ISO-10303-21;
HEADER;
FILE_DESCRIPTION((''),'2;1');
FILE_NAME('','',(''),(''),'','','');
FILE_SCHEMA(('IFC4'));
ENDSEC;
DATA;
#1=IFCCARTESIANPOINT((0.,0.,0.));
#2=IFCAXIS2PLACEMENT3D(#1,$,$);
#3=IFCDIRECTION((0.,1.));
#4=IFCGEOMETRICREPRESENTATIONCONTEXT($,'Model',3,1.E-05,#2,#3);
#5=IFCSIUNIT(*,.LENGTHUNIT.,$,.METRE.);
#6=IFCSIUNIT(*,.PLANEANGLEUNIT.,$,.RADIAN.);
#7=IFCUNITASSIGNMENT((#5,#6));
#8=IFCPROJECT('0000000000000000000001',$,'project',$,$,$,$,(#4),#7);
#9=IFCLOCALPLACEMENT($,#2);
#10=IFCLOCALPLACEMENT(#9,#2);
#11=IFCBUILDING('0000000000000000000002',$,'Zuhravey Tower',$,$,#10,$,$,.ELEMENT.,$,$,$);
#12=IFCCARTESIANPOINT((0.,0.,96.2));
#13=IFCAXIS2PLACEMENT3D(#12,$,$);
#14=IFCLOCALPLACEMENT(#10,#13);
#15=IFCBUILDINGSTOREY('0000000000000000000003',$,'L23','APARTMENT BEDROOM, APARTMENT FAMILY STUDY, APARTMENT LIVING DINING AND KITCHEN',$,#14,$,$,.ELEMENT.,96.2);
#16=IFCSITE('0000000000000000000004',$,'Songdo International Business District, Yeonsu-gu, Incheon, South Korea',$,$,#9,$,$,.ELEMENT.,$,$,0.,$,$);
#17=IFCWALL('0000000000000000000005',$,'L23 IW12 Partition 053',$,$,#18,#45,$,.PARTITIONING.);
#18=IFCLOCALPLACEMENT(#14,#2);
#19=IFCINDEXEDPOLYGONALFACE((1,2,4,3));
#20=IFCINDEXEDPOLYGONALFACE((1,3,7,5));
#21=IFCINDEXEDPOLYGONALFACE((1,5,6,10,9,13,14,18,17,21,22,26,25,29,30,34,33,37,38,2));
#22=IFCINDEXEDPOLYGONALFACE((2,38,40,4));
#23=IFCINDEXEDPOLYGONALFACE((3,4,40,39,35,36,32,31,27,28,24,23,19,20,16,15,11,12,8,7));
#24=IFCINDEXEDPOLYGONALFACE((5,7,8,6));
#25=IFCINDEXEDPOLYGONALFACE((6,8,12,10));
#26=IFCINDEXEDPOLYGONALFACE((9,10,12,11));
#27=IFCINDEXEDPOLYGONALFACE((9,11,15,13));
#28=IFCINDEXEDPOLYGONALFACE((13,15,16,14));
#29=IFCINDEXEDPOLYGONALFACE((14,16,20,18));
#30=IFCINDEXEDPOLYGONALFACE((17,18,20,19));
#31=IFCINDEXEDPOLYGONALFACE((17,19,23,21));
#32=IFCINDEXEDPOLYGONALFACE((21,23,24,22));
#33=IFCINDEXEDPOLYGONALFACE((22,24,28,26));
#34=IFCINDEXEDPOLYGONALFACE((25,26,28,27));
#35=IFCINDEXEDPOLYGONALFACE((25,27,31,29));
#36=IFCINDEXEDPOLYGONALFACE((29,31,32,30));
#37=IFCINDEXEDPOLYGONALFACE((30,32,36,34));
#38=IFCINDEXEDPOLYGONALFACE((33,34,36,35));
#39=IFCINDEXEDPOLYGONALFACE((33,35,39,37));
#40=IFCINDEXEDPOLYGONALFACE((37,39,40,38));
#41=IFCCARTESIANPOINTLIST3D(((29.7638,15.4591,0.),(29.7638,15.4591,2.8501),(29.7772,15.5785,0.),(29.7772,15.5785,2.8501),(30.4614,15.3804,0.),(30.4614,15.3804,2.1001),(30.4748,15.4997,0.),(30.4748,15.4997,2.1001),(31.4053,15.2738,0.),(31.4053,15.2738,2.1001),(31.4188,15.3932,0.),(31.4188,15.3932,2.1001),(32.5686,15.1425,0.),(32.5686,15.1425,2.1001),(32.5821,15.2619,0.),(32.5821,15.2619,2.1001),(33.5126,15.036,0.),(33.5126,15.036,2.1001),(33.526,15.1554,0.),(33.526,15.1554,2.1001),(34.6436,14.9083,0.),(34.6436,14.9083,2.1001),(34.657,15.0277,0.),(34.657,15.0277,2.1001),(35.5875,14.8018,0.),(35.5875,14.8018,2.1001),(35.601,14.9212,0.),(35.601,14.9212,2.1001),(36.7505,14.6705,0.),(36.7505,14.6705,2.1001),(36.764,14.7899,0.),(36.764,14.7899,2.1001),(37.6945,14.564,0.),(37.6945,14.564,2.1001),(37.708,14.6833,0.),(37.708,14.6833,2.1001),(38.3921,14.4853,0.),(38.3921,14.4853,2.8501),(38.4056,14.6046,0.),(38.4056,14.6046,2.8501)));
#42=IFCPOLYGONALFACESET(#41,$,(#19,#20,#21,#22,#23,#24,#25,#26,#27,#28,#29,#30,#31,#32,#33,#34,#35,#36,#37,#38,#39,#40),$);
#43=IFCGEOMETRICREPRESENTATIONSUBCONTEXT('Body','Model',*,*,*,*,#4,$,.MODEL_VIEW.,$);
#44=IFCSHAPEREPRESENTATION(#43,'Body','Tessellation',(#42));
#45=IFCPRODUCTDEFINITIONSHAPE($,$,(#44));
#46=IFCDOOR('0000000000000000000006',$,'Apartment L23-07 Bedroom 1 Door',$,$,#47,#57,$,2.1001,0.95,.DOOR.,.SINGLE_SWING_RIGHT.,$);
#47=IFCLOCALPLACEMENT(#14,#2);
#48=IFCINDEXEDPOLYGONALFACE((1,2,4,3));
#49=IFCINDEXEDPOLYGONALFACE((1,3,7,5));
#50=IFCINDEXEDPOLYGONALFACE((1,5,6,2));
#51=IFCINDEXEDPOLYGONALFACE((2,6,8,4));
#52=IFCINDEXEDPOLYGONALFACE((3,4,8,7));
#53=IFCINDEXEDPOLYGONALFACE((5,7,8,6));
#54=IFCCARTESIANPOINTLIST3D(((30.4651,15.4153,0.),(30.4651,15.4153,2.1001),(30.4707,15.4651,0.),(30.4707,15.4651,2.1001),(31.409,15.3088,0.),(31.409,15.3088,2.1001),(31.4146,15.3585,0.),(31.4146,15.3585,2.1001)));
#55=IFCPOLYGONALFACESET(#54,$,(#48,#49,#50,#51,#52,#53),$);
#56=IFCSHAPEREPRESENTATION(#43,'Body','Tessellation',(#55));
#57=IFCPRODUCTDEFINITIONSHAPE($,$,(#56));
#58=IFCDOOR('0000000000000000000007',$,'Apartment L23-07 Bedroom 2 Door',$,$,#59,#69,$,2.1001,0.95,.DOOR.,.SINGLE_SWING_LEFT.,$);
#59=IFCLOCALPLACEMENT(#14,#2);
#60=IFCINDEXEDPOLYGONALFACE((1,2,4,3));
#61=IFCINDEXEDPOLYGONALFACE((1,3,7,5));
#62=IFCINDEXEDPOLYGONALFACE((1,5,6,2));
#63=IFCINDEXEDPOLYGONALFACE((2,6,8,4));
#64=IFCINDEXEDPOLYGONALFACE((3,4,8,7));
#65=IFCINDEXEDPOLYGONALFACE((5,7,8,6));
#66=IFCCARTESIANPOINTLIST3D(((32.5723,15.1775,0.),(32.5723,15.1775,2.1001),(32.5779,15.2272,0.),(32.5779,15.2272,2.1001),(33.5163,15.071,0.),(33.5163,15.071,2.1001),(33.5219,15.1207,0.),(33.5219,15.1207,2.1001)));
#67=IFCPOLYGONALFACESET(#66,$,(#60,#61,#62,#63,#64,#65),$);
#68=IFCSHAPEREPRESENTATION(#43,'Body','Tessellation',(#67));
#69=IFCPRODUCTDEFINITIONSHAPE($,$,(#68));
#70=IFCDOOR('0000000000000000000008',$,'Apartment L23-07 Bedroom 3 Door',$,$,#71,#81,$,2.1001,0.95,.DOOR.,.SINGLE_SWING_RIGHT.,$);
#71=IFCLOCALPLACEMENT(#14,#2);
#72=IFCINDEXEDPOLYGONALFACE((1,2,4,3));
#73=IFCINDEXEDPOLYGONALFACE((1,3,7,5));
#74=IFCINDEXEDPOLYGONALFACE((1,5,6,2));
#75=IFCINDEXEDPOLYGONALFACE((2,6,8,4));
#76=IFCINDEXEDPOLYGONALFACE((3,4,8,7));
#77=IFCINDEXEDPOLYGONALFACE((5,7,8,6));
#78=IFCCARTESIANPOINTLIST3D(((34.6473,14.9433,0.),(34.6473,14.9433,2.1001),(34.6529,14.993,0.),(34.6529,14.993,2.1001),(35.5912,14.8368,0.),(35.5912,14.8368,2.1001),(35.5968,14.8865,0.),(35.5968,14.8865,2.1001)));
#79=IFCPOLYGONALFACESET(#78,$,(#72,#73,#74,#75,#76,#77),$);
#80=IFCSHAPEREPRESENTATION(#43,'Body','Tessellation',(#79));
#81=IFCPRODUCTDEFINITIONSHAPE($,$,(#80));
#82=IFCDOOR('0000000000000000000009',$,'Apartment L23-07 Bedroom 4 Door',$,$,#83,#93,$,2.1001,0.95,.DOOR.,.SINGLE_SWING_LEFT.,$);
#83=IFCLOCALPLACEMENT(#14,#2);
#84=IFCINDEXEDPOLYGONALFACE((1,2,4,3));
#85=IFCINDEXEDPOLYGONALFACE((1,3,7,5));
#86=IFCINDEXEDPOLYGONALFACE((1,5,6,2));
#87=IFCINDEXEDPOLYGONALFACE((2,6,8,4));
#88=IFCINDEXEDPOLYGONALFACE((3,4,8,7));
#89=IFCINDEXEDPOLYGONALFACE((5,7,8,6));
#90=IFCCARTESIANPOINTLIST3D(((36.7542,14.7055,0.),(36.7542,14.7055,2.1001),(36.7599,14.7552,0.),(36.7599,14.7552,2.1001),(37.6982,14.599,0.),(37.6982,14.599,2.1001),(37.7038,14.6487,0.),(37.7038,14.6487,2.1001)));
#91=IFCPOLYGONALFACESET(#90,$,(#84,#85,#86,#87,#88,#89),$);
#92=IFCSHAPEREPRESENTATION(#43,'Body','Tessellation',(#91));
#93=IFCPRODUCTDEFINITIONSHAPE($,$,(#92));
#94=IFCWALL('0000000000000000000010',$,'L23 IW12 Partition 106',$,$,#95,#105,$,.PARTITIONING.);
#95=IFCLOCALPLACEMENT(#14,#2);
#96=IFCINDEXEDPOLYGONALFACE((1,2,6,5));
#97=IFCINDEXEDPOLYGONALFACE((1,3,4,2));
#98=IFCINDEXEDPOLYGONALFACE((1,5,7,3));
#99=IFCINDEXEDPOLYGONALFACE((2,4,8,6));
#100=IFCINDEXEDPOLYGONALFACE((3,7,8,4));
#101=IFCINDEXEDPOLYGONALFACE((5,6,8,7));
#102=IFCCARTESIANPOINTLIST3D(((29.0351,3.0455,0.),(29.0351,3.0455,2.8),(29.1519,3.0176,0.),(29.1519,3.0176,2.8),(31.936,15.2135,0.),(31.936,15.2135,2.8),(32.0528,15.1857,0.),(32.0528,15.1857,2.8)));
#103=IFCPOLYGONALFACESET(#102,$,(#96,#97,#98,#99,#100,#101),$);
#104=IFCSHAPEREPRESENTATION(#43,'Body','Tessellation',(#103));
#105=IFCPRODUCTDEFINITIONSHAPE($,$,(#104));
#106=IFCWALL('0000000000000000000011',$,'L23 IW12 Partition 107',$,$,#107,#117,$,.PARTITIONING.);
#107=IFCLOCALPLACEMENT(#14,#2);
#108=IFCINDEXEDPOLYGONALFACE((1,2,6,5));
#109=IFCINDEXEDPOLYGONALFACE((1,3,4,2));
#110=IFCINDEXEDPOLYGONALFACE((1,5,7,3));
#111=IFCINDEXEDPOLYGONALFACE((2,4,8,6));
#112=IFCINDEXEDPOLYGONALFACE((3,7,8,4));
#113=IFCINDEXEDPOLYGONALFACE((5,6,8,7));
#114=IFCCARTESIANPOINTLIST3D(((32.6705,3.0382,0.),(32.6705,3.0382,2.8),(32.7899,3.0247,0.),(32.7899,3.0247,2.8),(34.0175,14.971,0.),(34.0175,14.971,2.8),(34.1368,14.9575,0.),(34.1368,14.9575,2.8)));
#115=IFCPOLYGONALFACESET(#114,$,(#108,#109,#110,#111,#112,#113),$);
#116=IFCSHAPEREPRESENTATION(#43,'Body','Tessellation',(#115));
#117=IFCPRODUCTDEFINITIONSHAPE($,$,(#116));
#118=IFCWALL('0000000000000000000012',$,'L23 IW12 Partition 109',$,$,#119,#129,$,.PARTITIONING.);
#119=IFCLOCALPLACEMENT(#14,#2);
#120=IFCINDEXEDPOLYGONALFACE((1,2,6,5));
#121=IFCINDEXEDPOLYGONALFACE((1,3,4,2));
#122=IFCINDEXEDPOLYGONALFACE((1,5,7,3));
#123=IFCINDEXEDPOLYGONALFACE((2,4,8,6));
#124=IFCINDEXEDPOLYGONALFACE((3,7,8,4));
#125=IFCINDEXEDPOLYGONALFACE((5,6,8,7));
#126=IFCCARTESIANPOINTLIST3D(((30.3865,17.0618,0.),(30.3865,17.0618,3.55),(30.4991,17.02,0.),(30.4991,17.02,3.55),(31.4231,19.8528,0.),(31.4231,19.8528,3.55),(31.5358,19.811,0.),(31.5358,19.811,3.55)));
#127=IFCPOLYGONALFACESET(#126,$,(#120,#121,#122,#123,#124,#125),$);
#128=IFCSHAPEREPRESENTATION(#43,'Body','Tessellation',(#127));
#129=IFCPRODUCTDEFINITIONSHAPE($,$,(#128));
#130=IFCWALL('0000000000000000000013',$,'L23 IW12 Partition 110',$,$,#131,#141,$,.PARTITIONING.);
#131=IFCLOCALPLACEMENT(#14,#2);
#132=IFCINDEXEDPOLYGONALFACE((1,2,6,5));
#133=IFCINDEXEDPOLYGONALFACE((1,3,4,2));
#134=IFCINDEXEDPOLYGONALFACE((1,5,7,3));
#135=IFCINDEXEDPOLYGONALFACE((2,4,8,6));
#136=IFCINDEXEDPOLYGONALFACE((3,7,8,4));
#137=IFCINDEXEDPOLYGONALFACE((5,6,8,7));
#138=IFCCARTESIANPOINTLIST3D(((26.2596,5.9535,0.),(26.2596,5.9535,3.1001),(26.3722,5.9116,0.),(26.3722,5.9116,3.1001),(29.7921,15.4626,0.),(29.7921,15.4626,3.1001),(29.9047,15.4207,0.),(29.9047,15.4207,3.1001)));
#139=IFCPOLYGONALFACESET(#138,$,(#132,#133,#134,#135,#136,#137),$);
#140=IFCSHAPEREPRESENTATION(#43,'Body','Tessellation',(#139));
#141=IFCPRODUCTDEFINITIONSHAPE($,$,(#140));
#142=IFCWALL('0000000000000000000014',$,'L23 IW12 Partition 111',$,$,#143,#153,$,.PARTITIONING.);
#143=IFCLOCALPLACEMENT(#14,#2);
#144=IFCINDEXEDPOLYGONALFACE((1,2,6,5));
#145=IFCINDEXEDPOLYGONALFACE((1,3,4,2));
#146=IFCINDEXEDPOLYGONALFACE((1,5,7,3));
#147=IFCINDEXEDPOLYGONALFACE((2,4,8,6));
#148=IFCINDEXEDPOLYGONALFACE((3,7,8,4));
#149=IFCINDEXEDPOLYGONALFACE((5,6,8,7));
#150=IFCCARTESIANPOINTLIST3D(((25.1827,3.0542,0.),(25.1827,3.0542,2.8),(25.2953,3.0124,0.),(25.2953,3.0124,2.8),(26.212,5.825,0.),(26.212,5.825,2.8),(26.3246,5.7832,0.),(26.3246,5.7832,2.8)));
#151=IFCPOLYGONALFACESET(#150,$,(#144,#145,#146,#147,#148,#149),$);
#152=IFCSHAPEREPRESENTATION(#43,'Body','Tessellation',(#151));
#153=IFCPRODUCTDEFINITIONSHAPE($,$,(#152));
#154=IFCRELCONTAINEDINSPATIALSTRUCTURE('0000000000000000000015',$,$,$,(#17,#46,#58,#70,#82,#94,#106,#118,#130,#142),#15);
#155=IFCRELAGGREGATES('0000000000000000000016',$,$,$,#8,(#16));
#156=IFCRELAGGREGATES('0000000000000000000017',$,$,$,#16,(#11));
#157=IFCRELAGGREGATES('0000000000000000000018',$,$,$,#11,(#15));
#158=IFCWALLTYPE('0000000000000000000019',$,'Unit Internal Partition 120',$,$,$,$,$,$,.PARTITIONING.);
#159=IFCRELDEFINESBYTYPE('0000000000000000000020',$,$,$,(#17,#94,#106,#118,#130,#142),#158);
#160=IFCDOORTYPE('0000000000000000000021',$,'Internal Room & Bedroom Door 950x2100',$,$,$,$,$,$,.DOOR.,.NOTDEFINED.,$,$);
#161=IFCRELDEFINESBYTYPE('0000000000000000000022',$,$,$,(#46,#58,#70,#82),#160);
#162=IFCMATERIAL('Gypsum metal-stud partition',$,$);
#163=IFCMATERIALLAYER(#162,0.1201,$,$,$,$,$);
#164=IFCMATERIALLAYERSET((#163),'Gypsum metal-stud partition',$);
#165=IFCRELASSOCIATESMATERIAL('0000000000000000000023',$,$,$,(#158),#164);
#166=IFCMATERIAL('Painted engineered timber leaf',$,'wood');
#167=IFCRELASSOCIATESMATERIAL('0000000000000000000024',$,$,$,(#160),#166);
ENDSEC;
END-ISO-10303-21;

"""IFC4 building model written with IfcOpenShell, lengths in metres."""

from ifc_helpers import new_model, si_unit, direction, frame, frame_2d, origin, place, context, subcontext, project, spatial, rectangle, extrude, material, layer, layer_set, type_object, element, fill, save


model = new_model("IFC4")

# Units and contexts
model_context = context("Model", 3, precision=1e-05, world=origin(), true_north=direction((0.0, 1.0)))
body_context = subcontext(model_context, "Body", "Model", "MODEL_VIEW")
ifc_project = project(units=[si_unit("LENGTHUNIT", "METRE"), si_unit("PLANEANGLEUNIT", "RADIAN")], contexts=[model_context])

# Site, building, storey
site_placement = place(None, origin())
site = spatial("IfcSite", under=ifc_project, at=site_placement, Name="Songdo International Business District, Yeonsu-gu, Incheon, South Korea", CompositionType="ELEMENT", RefElevation=0.0)
building_placement = place(site_placement, origin())
building = spatial("IfcBuilding", under=site, at=building_placement, Name="Zuhravey Tower", CompositionType="ELEMENT")
storey_placement = place(building_placement, frame((0.0, 0.0, 96.2)))
storey = spatial("IfcBuildingStorey", under=building, at=storey_placement, Name="L23", Description="APARTMENT BEDROOM, APARTMENT FAMILY STUDY, APARTMENT LIVING DINING AND KITCHEN", CompositionType="ELEMENT", Elevation=96.2)

# Wall, openings, doors
ifc_material_1 = material(Name="Gypsum metal-stud partition")
ifc_layer_1 = layer(ifc_material_1, 0.1201)
ifc_layer_set_1 = layer_set([ifc_layer_1], Name="Gypsum metal-stud partition")
wall_type_1 = type_object("IfcWallType", Name="Unit Internal Partition 120", PredefinedType="PARTITIONING", material=ifc_layer_set_1)
ifc_material_2 = material(Name="Painted engineered timber leaf", Category="wood")
door_type_1 = type_object("IfcDoorType", Name="Internal Room & Bedroom Door 950x2100", OperationType="NOTDEFINED", PredefinedType="DOOR", material=ifc_material_2)
wall_1_placement = place(storey_placement, frame((29.7705, 15.5188, 0.0), z_axis=(0.0, 0.0, 1.0), x_axis=(0.993691, -0.112156, 0.0)))
wall_1 = element("IfcWall", 1, at=wall_1_placement, inside=storey, type_object=wall_type_1, Name="L23 IW12 Partition 053", PredefinedType="PARTITIONING", context=body_context, shape_type="SweptSolid", body=[
    extrude(rectangle(XDim=8.6831, YDim=0.1201, at=frame_2d((4.3416, 0.0))), origin(), (0.0, 0.0, 1.0), 2.8501),
])
opening_1_placement = place(wall_1_placement, frame((0.7019, 0.0, 0.0)))
opening_1 = element("IfcOpeningElement", 2, at=opening_1_placement, cuts=wall_1, PredefinedType="OPENING", context=body_context, shape_type="SweptSolid", body=[
    extrude(rectangle(XDim=0.95, YDim=2.1001, at=frame_2d((0.4751, 1.05))), frame((0.0, 0.072, 0.0), z_axis=(0.0, -1.0, 0.0), x_axis=(1.0, 0.0, 0.0)), (0.0, 0.0, 1.0), 0.144),
])
opening_2_placement = place(wall_1_placement, frame((2.8225, 0.0, 0.0)))
opening_2 = element("IfcOpeningElement", 3, at=opening_2_placement, cuts=wall_1, PredefinedType="OPENING", context=body_context, shape_type="SweptSolid", body=[
    extrude(rectangle(XDim=0.95, YDim=2.1001, at=frame_2d((0.4751, 1.05))), frame((0.0, 0.072, 0.0), z_axis=(0.0, -1.0, 0.0), x_axis=(1.0, 0.0, 0.0)), (0.0, 0.0, 1.0), 0.144),
])
opening_3_placement = place(wall_1_placement, frame((4.9106, 0.0, 0.0)))
opening_3 = element("IfcOpeningElement", 4, at=opening_3_placement, cuts=wall_1, PredefinedType="OPENING", context=body_context, shape_type="SweptSolid", body=[
    extrude(rectangle(XDim=0.95, YDim=2.1001, at=frame_2d((0.4751, 1.05))), frame((0.0, 0.072, 0.0), z_axis=(0.0, -1.0, 0.0), x_axis=(1.0, 0.0, 0.0)), (0.0, 0.0, 1.0), 0.144),
])
opening_4_placement = place(wall_1_placement, frame((7.031, 0.0, 0.0)))
opening_4 = element("IfcOpeningElement", 5, at=opening_4_placement, cuts=wall_1, PredefinedType="OPENING", context=body_context, shape_type="SweptSolid", body=[
    extrude(rectangle(XDim=0.95, YDim=2.1001, at=frame_2d((0.4751, 1.05))), frame((0.0, 0.072, 0.0), z_axis=(0.0, -1.0, 0.0), x_axis=(1.0, 0.0, 0.0)), (0.0, 0.0, 1.0), 0.144),
])
door_1_placement = place(opening_1_placement, frame((0.95, 0.0, 0.0), z_axis=(0.0, 0.0, 1.0), x_axis=(-1.0, 0.0, 0.0)))
door_1 = element("IfcDoor", 6, at=door_1_placement, inside=storey, type_object=door_type_1, Name="Apartment L23-07 Bedroom 1 Door", OperationType="SINGLE_SWING_RIGHT", OverallHeight=2.1001, OverallWidth=0.95, PredefinedType="DOOR", context=body_context, shape_type="SweptSolid", body=[
    extrude(rectangle(XDim=0.95, YDim=2.1001, at=frame_2d((0.4751, 1.05))), frame((0.0, 0.0249, 0.0), z_axis=(0.0, -1.0, 0.0), x_axis=(1.0, 0.0, 0.0)), (0.0, 0.0, 1.0), 0.05),
])
fill(opening_1, door_1)
door_2_placement = place(opening_2_placement, frame((0.95, 0.0, 0.0), z_axis=(0.0, 0.0, 1.0), x_axis=(-1.0, 0.0, 0.0)))
door_2 = element("IfcDoor", 7, at=door_2_placement, inside=storey, type_object=door_type_1, Name="Apartment L23-07 Bedroom 2 Door", OperationType="SINGLE_SWING_LEFT", OverallHeight=2.1001, OverallWidth=0.95, PredefinedType="DOOR", context=body_context, shape_type="SweptSolid", body=[
    extrude(rectangle(XDim=0.95, YDim=2.1001, at=frame_2d((0.4751, 1.05))), frame((0.0, 0.0249, 0.0), z_axis=(0.0, -1.0, 0.0), x_axis=(1.0, 0.0, 0.0)), (0.0, 0.0, 1.0), 0.05),
])
fill(opening_2, door_2)
door_3_placement = place(opening_3_placement, frame((0.95, 0.0, 0.0), z_axis=(0.0, 0.0, 1.0), x_axis=(-1.0, 0.0, 0.0)))
door_3 = element("IfcDoor", 8, at=door_3_placement, inside=storey, type_object=door_type_1, Name="Apartment L23-07 Bedroom 3 Door", OperationType="SINGLE_SWING_RIGHT", OverallHeight=2.1001, OverallWidth=0.95, PredefinedType="DOOR", context=body_context, shape_type="SweptSolid", body=[
    extrude(rectangle(XDim=0.95, YDim=2.1001, at=frame_2d((0.4751, 1.05))), frame((0.0, 0.0249, 0.0), z_axis=(0.0, -1.0, 0.0), x_axis=(1.0, 0.0, 0.0)), (0.0, 0.0, 1.0), 0.05),
])
fill(opening_3, door_3)
door_4_placement = place(opening_4_placement, frame((0.95, 0.0, 0.0), z_axis=(0.0, 0.0, 1.0), x_axis=(-1.0, 0.0, 0.0)))
door_4 = element("IfcDoor", 9, at=door_4_placement, inside=storey, type_object=door_type_1, Name="Apartment L23-07 Bedroom 4 Door", OperationType="SINGLE_SWING_LEFT", OverallHeight=2.1001, OverallWidth=0.95, PredefinedType="DOOR", context=body_context, shape_type="SweptSolid", body=[
    extrude(rectangle(XDim=0.95, YDim=2.1001, at=frame_2d((0.4751, 1.05))), frame((0.0, 0.0249, 0.0), z_axis=(0.0, -1.0, 0.0), x_axis=(1.0, 0.0, 0.0)), (0.0, 0.0, 1.0), 0.05),
])
fill(opening_4, door_4)

# Walls
wall_2_placement = place(storey_placement, frame((31.9944, 15.1995, 0.0), z_axis=(0.0, 0.0, 1.0), x_axis=(-0.231904, -0.972739, 0.0)))
element("IfcWall", 10, at=wall_2_placement, inside=storey, type_object=wall_type_1, Name="L23 IW12 Partition 106", PredefinedType="PARTITIONING", context=body_context, shape_type="SweptSolid", body=[
    extrude(rectangle(XDim=12.509, YDim=0.1201, at=frame_2d((6.2544, 0.0))), origin(), (0.0, 0.0, 1.0), 2.8),
])
wall_3_placement = place(storey_placement, frame((34.0771, 14.9644, 0.0), z_axis=(0.0, 0.0, 1.0), x_axis=(-0.112163, -0.99369, 0.0)))
element("IfcWall", 11, at=wall_3_placement, inside=storey, type_object=wall_type_1, Name="L23 IW12 Partition 107", PredefinedType="PARTITIONING", context=body_context, shape_type="SweptSolid", body=[
    extrude(rectangle(XDim=12.0085, YDim=0.1201, at=frame_2d((6.0044, 0.0))), origin(), (0.0, 0.0, 1.0), 2.8),
])
wall_4_placement = place(storey_placement, frame((31.4795, 19.832, 0.0), z_axis=(0.0, 0.0, 1.0), x_axis=(-0.348174, -0.93743, 0.0)))
element("IfcWall", 12, at=wall_4_placement, inside=storey, type_object=wall_type_1, Name="L23 IW12 Partition 109", PredefinedType="PARTITIONING", context=body_context, shape_type="SweptSolid", body=[
    extrude(rectangle(XDim=2.9773, YDim=0.1201, at=frame_2d((1.4888, 0.0))), origin(), (0.0, 0.0, 1.0), 3.55),
])
wall_5_placement = place(storey_placement, frame((29.8484, 15.4417, 0.0), z_axis=(0.0, 0.0, 1.0), x_axis=(-0.348234, -0.937408, 0.0)))
element("IfcWall", 13, at=wall_5_placement, inside=storey, type_object=wall_type_1, Name="L23 IW12 Partition 110", PredefinedType="PARTITIONING", context=body_context, shape_type="SweptSolid", body=[
    extrude(rectangle(XDim=10.144, YDim=0.1201, at=frame_2d((5.072, 0.0))), origin(), (0.0, 0.0, 1.0), 3.1001),
])
wall_6_placement = place(storey_placement, frame((26.2683, 5.8042, 0.0), z_axis=(0.0, 0.0, 1.0), x_axis=(-0.348234, -0.937408, 0.0)))
element("IfcWall", 14, at=wall_6_placement, inside=storey, type_object=wall_type_1, Name="L23 IW12 Partition 111", PredefinedType="PARTITIONING", context=body_context, shape_type="SweptSolid", body=[
    extrude(rectangle(XDim=2.9558, YDim=0.1201, at=frame_2d((1.478, 0.0))), origin(), (0.0, 0.0, 1.0), 2.8),
])

save(model, "model.ifc")
